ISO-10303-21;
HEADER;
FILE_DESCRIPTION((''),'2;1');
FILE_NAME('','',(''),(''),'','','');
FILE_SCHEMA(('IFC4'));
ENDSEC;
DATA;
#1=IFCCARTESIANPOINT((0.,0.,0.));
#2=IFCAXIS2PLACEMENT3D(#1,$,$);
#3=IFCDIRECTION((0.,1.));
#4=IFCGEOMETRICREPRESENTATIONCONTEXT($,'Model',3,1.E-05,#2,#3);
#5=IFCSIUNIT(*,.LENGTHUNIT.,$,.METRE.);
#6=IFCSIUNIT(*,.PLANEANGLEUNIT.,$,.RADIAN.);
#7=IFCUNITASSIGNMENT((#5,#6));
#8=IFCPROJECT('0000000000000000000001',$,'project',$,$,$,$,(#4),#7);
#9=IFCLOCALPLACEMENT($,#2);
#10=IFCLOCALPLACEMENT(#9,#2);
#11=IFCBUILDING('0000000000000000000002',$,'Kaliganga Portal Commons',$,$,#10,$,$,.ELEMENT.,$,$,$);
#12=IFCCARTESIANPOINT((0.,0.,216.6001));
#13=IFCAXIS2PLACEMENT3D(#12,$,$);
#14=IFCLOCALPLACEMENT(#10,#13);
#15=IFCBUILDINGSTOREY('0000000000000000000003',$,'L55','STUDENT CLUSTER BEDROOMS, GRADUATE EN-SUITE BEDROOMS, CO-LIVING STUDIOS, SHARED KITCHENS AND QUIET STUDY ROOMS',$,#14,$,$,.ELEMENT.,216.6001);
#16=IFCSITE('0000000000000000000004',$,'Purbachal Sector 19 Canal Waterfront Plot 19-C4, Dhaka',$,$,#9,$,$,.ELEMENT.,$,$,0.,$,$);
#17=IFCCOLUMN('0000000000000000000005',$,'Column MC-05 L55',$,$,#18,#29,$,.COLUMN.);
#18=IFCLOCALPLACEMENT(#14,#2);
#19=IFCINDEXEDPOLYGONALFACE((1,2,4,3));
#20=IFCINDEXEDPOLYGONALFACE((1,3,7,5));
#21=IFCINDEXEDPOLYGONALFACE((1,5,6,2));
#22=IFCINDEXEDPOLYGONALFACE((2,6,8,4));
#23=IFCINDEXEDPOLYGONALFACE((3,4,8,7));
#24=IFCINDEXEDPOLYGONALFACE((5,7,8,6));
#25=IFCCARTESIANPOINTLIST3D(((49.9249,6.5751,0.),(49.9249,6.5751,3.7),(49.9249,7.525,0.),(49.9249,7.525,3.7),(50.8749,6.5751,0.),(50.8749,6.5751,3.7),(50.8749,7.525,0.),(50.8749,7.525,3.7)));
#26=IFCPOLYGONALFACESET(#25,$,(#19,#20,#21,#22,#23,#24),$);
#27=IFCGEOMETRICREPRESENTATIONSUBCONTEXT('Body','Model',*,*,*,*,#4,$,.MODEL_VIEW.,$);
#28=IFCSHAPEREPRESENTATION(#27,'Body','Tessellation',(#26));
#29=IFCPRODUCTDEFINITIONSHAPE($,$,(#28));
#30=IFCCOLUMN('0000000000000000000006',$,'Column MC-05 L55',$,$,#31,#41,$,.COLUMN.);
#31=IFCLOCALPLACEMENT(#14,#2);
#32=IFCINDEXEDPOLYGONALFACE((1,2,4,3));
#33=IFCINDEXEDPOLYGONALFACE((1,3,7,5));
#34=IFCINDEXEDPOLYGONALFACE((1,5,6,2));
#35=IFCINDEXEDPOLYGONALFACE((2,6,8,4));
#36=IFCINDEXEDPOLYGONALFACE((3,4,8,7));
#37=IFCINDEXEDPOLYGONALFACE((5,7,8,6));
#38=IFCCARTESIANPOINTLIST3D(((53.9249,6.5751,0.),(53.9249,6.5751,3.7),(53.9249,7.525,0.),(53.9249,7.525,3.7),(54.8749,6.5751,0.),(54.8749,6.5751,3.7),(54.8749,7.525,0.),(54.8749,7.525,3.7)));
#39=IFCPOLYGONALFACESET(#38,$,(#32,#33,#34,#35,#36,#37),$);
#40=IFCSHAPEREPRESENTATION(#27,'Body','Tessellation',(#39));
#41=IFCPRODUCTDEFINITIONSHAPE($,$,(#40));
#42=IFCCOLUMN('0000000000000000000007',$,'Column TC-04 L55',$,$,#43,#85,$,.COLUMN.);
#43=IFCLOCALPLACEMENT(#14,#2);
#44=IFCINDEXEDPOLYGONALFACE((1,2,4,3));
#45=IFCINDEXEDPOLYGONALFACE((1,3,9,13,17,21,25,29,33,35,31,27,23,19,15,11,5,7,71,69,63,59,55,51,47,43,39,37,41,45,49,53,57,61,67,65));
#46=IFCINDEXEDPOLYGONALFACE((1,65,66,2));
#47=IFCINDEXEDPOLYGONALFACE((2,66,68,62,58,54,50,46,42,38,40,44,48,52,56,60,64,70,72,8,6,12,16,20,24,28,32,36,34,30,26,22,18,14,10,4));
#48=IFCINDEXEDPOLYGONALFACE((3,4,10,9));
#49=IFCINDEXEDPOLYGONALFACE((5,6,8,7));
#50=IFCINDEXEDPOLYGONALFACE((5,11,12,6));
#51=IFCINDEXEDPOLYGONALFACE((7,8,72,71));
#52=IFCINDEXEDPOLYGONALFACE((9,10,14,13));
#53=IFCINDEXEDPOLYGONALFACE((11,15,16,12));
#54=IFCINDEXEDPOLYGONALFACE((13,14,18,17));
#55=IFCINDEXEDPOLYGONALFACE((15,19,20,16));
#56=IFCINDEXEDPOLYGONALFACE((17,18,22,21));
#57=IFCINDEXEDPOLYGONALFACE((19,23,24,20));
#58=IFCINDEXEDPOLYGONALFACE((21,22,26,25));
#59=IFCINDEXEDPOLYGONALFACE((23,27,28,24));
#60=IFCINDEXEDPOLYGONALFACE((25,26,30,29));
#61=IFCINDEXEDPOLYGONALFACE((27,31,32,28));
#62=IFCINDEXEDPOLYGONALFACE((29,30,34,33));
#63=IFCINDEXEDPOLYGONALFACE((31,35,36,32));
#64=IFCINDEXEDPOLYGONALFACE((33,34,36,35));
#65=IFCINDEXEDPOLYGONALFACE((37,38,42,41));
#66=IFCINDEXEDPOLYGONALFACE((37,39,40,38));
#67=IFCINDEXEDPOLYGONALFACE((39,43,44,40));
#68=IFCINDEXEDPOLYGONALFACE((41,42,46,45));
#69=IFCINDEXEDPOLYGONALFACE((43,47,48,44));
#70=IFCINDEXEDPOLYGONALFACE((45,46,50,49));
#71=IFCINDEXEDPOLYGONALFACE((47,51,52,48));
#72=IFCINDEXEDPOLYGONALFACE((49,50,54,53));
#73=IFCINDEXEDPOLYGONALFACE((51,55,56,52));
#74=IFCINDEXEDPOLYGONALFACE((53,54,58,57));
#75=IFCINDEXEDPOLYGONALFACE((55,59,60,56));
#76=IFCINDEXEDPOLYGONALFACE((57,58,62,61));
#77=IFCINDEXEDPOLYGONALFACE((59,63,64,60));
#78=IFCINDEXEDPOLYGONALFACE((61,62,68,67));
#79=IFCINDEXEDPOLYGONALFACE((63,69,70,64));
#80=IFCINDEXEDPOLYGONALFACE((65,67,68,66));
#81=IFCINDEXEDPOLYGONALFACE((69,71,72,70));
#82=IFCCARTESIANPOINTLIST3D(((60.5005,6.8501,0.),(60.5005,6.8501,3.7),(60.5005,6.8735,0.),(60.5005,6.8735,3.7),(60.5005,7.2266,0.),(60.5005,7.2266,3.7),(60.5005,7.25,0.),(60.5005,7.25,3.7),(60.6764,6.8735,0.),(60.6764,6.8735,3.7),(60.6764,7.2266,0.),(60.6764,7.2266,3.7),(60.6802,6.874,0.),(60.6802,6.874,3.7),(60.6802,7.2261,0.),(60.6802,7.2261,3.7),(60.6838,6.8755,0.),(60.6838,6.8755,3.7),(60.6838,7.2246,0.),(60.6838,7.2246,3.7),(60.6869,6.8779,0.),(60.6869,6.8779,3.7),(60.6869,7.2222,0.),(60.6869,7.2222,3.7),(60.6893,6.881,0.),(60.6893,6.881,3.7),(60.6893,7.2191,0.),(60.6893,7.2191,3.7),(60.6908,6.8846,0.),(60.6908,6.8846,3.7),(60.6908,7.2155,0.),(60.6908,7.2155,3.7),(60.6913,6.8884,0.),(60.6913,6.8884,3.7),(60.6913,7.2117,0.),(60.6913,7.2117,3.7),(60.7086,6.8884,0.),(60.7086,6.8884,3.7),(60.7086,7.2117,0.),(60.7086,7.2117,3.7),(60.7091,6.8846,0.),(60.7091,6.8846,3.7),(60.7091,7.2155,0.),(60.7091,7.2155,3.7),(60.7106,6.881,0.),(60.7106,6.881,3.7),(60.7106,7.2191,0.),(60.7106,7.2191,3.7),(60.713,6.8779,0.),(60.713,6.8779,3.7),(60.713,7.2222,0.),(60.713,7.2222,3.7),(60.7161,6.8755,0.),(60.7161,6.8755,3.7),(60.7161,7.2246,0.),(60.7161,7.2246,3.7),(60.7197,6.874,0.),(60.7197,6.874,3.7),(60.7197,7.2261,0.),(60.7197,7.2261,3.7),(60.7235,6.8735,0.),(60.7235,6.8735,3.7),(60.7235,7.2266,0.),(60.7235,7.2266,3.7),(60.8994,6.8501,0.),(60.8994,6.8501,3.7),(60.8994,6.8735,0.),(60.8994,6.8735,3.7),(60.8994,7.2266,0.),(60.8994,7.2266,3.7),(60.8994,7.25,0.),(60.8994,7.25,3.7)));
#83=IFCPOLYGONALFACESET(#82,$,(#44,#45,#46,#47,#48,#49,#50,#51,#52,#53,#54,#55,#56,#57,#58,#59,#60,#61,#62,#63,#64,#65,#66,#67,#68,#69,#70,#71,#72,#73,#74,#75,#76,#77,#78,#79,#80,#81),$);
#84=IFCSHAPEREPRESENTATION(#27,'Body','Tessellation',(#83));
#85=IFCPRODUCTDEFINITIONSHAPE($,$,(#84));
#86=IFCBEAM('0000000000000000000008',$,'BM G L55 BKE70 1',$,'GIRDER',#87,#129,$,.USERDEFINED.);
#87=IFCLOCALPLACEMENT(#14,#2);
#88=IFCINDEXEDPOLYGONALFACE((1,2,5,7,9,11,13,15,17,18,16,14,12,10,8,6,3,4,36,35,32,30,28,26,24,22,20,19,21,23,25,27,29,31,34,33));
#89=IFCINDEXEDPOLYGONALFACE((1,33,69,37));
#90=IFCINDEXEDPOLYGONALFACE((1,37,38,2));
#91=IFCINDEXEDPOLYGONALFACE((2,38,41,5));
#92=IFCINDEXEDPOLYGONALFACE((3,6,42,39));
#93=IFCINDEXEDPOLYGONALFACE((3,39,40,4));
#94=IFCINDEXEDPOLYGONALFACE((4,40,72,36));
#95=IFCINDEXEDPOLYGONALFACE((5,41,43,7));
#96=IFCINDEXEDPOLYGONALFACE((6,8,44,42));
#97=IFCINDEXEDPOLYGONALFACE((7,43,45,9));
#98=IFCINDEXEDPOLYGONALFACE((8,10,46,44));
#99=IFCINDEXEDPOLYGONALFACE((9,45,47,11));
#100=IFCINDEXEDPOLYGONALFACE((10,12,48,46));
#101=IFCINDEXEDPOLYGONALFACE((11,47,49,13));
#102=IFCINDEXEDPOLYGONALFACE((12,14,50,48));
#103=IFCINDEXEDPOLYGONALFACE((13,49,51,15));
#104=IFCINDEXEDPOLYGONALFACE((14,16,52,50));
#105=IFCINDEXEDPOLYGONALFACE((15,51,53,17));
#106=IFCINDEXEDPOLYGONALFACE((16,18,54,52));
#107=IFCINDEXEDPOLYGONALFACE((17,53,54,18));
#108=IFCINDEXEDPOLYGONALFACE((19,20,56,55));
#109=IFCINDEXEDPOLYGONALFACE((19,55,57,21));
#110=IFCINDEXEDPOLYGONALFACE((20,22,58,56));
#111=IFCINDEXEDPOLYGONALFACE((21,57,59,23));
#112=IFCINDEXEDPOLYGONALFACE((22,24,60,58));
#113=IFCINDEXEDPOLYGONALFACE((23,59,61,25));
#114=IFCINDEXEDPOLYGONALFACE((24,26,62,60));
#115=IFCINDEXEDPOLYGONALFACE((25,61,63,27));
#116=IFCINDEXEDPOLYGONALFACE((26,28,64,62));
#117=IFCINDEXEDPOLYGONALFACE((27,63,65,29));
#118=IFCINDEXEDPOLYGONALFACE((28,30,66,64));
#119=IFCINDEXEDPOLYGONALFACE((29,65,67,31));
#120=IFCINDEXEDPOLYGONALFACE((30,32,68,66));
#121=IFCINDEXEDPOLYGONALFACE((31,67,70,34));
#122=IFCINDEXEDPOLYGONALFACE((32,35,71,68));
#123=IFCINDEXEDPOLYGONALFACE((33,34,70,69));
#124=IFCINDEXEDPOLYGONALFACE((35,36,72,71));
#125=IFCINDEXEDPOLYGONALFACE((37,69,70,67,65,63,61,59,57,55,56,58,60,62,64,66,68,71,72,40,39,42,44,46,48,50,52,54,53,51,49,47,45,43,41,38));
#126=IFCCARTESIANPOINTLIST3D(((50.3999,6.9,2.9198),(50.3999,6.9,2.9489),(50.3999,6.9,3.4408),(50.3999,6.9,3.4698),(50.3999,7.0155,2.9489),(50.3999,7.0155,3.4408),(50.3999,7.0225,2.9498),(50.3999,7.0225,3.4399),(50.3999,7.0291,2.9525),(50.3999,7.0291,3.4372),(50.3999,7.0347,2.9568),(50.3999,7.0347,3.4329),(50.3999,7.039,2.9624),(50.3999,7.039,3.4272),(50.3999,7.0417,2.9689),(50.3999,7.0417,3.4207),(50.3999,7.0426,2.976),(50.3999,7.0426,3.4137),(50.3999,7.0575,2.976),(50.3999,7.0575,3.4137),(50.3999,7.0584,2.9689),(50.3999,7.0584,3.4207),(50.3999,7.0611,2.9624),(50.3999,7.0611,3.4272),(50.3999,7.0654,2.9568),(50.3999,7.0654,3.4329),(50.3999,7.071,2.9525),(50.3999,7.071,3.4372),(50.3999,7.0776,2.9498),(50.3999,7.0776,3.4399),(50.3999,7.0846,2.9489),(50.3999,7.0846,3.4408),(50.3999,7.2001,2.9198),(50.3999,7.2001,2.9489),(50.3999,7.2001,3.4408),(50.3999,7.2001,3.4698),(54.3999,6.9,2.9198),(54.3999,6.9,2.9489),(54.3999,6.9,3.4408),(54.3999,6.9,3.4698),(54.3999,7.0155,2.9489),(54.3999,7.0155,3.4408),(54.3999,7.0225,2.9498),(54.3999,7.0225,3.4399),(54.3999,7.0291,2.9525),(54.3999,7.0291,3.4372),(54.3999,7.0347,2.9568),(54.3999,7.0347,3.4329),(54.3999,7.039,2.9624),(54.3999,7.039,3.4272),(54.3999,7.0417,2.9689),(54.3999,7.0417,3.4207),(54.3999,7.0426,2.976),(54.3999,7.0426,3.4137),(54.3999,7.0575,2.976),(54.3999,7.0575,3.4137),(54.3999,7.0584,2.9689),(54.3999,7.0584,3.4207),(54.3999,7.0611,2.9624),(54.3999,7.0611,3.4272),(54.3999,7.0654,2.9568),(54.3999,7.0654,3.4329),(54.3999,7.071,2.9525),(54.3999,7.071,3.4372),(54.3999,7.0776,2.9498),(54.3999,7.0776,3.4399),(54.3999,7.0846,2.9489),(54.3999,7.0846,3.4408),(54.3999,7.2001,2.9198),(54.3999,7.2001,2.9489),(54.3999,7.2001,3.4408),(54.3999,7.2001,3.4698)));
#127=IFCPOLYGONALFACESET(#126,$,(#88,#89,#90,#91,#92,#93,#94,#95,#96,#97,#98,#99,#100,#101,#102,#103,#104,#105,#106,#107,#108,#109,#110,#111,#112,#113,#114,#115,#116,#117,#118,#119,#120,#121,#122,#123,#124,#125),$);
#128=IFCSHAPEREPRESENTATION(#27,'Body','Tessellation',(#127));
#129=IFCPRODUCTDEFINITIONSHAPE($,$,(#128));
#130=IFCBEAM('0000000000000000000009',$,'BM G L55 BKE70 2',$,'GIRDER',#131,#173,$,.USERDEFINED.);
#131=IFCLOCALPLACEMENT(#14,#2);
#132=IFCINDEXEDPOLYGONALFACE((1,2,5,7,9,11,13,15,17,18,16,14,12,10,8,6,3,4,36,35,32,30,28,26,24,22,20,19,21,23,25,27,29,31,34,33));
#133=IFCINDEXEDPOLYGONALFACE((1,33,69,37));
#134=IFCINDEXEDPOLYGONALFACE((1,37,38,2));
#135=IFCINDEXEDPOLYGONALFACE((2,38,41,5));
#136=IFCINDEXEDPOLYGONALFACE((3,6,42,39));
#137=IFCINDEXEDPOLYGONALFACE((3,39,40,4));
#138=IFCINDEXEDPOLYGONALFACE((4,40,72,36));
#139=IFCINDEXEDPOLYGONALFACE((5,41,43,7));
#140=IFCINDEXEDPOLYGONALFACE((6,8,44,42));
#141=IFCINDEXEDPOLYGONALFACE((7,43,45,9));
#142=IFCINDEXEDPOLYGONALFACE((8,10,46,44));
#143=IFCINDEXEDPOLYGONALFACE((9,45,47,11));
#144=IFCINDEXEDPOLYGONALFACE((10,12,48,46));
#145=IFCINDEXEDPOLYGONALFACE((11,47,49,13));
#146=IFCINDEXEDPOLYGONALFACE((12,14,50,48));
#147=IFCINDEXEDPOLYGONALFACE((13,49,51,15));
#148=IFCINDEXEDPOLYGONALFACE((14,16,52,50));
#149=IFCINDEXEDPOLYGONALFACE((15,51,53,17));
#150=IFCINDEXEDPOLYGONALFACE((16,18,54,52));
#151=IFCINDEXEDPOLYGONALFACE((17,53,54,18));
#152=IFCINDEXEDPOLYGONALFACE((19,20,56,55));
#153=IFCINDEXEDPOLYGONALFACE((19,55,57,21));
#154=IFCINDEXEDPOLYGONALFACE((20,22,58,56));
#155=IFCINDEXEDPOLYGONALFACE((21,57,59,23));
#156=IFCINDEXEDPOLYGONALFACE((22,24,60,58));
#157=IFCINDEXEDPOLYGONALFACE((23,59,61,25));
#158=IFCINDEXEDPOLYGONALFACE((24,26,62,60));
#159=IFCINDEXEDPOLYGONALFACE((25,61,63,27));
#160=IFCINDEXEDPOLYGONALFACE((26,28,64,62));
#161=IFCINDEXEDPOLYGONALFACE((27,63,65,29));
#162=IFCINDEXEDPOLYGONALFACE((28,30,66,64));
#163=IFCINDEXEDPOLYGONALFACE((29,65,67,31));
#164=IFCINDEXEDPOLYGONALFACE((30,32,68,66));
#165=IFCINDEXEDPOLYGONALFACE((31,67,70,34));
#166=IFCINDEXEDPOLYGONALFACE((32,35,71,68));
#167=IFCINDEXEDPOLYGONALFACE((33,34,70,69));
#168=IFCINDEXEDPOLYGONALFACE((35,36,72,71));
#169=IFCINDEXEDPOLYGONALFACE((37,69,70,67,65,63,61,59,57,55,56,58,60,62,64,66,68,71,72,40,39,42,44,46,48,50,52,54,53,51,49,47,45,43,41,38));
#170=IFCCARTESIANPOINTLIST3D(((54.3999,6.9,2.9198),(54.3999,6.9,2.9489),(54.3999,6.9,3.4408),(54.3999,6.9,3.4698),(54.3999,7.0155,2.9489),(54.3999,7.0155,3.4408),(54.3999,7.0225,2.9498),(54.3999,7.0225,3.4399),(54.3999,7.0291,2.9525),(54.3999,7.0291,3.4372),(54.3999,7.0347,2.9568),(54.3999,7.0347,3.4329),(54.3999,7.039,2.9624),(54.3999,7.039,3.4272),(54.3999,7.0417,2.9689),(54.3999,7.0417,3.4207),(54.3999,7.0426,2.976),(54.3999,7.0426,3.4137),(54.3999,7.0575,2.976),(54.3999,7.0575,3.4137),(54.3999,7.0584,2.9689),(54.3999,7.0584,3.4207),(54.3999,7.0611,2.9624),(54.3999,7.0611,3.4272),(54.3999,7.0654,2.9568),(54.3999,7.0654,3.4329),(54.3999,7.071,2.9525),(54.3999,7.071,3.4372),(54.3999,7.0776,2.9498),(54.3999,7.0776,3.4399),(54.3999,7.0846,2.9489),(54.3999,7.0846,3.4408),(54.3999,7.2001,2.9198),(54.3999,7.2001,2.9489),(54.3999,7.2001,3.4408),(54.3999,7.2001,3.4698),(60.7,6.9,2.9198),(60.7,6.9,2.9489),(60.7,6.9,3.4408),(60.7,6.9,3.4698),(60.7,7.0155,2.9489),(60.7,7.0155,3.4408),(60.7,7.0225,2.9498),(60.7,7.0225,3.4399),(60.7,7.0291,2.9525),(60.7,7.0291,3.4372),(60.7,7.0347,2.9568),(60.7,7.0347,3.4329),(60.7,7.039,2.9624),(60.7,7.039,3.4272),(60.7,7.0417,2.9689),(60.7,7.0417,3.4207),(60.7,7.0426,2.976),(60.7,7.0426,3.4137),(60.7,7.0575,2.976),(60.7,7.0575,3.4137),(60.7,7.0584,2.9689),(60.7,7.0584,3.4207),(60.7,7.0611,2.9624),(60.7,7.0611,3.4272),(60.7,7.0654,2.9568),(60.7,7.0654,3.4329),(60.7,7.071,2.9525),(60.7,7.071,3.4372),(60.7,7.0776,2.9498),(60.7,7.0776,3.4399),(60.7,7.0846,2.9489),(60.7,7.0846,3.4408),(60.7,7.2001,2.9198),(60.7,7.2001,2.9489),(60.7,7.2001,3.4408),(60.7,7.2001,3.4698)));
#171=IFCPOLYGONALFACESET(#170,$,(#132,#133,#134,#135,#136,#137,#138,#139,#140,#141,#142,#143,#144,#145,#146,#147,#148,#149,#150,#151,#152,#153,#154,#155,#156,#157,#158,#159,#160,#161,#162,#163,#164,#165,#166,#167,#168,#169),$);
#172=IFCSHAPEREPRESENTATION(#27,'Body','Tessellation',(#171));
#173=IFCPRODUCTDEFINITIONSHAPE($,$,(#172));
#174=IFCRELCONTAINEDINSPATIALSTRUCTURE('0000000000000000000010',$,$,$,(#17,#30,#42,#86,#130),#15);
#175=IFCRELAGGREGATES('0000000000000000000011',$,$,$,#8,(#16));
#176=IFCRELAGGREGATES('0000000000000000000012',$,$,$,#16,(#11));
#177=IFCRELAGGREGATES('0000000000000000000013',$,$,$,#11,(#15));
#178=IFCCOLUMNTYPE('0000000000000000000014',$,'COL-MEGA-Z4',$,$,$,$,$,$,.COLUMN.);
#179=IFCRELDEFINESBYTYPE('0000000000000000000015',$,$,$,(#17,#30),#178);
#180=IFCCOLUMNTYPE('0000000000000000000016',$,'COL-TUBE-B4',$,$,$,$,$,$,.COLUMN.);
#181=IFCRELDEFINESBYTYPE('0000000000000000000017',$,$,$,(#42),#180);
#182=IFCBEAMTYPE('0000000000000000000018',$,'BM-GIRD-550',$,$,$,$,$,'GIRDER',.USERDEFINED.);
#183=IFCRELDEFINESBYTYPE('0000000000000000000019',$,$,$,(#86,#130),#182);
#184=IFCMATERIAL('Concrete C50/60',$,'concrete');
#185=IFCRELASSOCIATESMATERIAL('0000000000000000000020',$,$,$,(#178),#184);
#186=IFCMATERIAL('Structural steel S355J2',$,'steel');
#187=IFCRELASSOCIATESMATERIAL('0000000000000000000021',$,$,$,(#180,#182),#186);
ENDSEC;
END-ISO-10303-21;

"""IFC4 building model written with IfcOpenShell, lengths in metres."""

from ifc_helpers import new_model, si_unit, direction, frame, origin, origin_2d, place, context, subcontext, project, spatial, rectangle, i_section, extrude, source, transform, mapped, material, material_profile, profile_set, type_object, element, save


model = new_model("IFC4")

# Units and contexts
model_context = context("Model", 3, precision=1e-05, world=origin(), true_north=direction((0.0, 1.0)))
body_context = subcontext(model_context, "Body", "Model", "MODEL_VIEW")
ifc_project = project(units=[si_unit("LENGTHUNIT", "METRE"), si_unit("PLANEANGLEUNIT", "RADIAN")], contexts=[model_context])

# Site, building, storey
site_placement = place(None, origin())
site = spatial("IfcSite", under=ifc_project, at=site_placement, Name="Purbachal Sector 19 Canal Waterfront Plot 19-C4, Dhaka", CompositionType="ELEMENT", RefElevation=0.0)
building_placement = place(site_placement, origin())
building = spatial("IfcBuilding", under=site, at=building_placement, Name="Kaliganga Portal Commons", CompositionType="ELEMENT")
storey_placement = place(building_placement, frame((0.0, 0.0, 216.6001)))
storey = spatial("IfcBuildingStorey", under=building, at=storey_placement, Name="L55", Description="STUDENT CLUSTER BEDROOMS, GRADUATE EN-SUITE BEDROOMS, CO-LIVING STUDIOS, SHARED KITCHENS AND QUIET STUDY ROOMS", CompositionType="ELEMENT", Elevation=216.6001)

# Columns
ifc_material_1 = material(Name="Concrete C50/60", Category="concrete")
ifc_material_profile_1 = material_profile(ifc_material_1, rectangle(XDim=0.95, YDim=0.95, at=origin_2d()), Name="RC 950x950")
ifc_profile_set_1 = profile_set([ifc_material_profile_1], Name="Concrete C50/60")
column_type_1 = type_object("IfcColumnType", Name="COL-MEGA-Z4", PredefinedType="COLUMN", material=ifc_profile_set_1)
shared_shape_1 = source(origin(), body_context, "Body", "SweptSolid", [
    extrude(rectangle(XDim=0.95, YDim=0.95, at=origin_2d()), origin(), (0.0, 0.0, 1.0), 3.7),
])
for number, where, z_axis, x_axis, name in (
    (1, (50.3999, 7.05, 0.0), (0.0, 0.0, 1.0), (1.0, 0.0, 0.0), "Column MC-05 L55"),
    (2, (54.3999, 7.05, 0.0), (0.0, 0.0, 1.0), (1.0, 0.0, 0.0), "Column MC-05 L55"),
):
    element("IfcColumn", number, at=place(storey_placement, frame(where, z_axis=z_axis, x_axis=x_axis)), inside=storey, type_object=column_type_1, Name=name, PredefinedType="COLUMN", context=body_context, shape_type="MappedRepresentation", body=[
        mapped(shared_shape_1, transform((0.0, 0.0, 0.0), x_axis=(1.0, 0.0, 0.0), y_axis=(0.0, 1.0, 0.0), z_axis=(0.0, 0.0, 1.0), scale=1.0)),
    ])
ifc_material_2 = material(Name="Structural steel S355J2", Category="steel")
ifc_material_profile_2 = material_profile(ifc_material_2, i_section(OverallWidth=0.3989, OverallDepth=0.3999, WebThickness=0.0173, FlangeThickness=0.0234, FilletRadius=0.0149, at=origin_2d()), Name="HD 400x287")
ifc_profile_set_2 = profile_set([ifc_material_profile_2], Name="Structural steel S355J2 wide-flange")
column_type_2 = type_object("IfcColumnType", Name="COL-TUBE-B4", PredefinedType="COLUMN", material=ifc_profile_set_2)
shared_shape_2 = source(origin(), body_context, "Body", "SweptSolid", [
    extrude(i_section(OverallWidth=0.3989, OverallDepth=0.3999, WebThickness=0.0173, FlangeThickness=0.0234, FilletRadius=0.0149, at=origin_2d()), origin(), (0.0, 0.0, 1.0), 3.7),
])
column_placement = place(storey_placement, frame((60.7, 7.05, 0.0), z_axis=(0.0, 0.0, 1.0), x_axis=(1.0, 0.0, 0.0)))
element("IfcColumn", 3, at=column_placement, inside=storey, type_object=column_type_2, Name="Column TC-04 L55", PredefinedType="COLUMN", context=body_context, shape_type="MappedRepresentation", body=[
    mapped(shared_shape_2, transform((0.0, 0.0, 0.0), x_axis=(1.0, 0.0, 0.0), y_axis=(0.0, 1.0, 0.0), z_axis=(0.0, 0.0, 1.0), scale=1.0)),
])

# Beams
ifc_material_profile_3 = material_profile(ifc_material_2, i_section(OverallWidth=0.3, OverallDepth=0.55, WebThickness=0.0149, FlangeThickness=0.0291, FilletRadius=0.0271, at=origin_2d()), Name="HE 550 B")
ifc_profile_set_3 = profile_set([ifc_material_profile_3], Name="Structural steel S355J2 wide-flange")
beam_type_1 = type_object("IfcBeamType", Name="BM-GIRD-550", ElementType="GIRDER", PredefinedType="USERDEFINED", material=ifc_profile_set_3)
shared_shape_3 = source(origin(), body_context, "Body", "SweptSolid", [
    extrude(i_section(OverallWidth=0.3, OverallDepth=0.55, WebThickness=0.0149, FlangeThickness=0.0291, FilletRadius=0.0271, at=origin_2d()), origin(), (0.0, 0.0, 1.0), 4.0),
])
beam_1_placement = place(storey_placement, frame((50.3999, 7.05, 3.1948), z_axis=(1.0, 0.0, 0.0), x_axis=(0.0, 1.0, 0.0)))
element("IfcBeam", 4, at=beam_1_placement, inside=storey, type_object=beam_type_1, Name="BM G L55 BKE70 1", ObjectType="GIRDER", PredefinedType="USERDEFINED", context=body_context, shape_type="MappedRepresentation", body=[
    mapped(shared_shape_3, transform((0.0, 0.0, 0.0), x_axis=(1.0, 0.0, 0.0), y_axis=(0.0, 1.0, 0.0), z_axis=(0.0, 0.0, 1.0), scale=1.0)),
])
shared_shape_4 = source(origin(), body_context, "Body", "SweptSolid", [
    extrude(i_section(OverallWidth=0.3, OverallDepth=0.55, WebThickness=0.0149, FlangeThickness=0.0291, FilletRadius=0.0271, at=origin_2d()), origin(), (0.0, 0.0, 1.0), 6.3),
])
beam_2_placement = place(storey_placement, frame((54.3999, 7.05, 3.1948), z_axis=(1.0, 0.0, 0.0), x_axis=(0.0, 1.0, 0.0)))
element("IfcBeam", 5, at=beam_2_placement, inside=storey, type_object=beam_type_1, Name="BM G L55 BKE70 2", ObjectType="GIRDER", PredefinedType="USERDEFINED", context=body_context, shape_type="MappedRepresentation", body=[
    mapped(shared_shape_4, transform((0.0, 0.0, 0.0), x_axis=(1.0, 0.0, 0.0), y_axis=(0.0, 1.0, 0.0), z_axis=(0.0, 0.0, 1.0), scale=1.0)),
])

save(model, "model.ifc")
